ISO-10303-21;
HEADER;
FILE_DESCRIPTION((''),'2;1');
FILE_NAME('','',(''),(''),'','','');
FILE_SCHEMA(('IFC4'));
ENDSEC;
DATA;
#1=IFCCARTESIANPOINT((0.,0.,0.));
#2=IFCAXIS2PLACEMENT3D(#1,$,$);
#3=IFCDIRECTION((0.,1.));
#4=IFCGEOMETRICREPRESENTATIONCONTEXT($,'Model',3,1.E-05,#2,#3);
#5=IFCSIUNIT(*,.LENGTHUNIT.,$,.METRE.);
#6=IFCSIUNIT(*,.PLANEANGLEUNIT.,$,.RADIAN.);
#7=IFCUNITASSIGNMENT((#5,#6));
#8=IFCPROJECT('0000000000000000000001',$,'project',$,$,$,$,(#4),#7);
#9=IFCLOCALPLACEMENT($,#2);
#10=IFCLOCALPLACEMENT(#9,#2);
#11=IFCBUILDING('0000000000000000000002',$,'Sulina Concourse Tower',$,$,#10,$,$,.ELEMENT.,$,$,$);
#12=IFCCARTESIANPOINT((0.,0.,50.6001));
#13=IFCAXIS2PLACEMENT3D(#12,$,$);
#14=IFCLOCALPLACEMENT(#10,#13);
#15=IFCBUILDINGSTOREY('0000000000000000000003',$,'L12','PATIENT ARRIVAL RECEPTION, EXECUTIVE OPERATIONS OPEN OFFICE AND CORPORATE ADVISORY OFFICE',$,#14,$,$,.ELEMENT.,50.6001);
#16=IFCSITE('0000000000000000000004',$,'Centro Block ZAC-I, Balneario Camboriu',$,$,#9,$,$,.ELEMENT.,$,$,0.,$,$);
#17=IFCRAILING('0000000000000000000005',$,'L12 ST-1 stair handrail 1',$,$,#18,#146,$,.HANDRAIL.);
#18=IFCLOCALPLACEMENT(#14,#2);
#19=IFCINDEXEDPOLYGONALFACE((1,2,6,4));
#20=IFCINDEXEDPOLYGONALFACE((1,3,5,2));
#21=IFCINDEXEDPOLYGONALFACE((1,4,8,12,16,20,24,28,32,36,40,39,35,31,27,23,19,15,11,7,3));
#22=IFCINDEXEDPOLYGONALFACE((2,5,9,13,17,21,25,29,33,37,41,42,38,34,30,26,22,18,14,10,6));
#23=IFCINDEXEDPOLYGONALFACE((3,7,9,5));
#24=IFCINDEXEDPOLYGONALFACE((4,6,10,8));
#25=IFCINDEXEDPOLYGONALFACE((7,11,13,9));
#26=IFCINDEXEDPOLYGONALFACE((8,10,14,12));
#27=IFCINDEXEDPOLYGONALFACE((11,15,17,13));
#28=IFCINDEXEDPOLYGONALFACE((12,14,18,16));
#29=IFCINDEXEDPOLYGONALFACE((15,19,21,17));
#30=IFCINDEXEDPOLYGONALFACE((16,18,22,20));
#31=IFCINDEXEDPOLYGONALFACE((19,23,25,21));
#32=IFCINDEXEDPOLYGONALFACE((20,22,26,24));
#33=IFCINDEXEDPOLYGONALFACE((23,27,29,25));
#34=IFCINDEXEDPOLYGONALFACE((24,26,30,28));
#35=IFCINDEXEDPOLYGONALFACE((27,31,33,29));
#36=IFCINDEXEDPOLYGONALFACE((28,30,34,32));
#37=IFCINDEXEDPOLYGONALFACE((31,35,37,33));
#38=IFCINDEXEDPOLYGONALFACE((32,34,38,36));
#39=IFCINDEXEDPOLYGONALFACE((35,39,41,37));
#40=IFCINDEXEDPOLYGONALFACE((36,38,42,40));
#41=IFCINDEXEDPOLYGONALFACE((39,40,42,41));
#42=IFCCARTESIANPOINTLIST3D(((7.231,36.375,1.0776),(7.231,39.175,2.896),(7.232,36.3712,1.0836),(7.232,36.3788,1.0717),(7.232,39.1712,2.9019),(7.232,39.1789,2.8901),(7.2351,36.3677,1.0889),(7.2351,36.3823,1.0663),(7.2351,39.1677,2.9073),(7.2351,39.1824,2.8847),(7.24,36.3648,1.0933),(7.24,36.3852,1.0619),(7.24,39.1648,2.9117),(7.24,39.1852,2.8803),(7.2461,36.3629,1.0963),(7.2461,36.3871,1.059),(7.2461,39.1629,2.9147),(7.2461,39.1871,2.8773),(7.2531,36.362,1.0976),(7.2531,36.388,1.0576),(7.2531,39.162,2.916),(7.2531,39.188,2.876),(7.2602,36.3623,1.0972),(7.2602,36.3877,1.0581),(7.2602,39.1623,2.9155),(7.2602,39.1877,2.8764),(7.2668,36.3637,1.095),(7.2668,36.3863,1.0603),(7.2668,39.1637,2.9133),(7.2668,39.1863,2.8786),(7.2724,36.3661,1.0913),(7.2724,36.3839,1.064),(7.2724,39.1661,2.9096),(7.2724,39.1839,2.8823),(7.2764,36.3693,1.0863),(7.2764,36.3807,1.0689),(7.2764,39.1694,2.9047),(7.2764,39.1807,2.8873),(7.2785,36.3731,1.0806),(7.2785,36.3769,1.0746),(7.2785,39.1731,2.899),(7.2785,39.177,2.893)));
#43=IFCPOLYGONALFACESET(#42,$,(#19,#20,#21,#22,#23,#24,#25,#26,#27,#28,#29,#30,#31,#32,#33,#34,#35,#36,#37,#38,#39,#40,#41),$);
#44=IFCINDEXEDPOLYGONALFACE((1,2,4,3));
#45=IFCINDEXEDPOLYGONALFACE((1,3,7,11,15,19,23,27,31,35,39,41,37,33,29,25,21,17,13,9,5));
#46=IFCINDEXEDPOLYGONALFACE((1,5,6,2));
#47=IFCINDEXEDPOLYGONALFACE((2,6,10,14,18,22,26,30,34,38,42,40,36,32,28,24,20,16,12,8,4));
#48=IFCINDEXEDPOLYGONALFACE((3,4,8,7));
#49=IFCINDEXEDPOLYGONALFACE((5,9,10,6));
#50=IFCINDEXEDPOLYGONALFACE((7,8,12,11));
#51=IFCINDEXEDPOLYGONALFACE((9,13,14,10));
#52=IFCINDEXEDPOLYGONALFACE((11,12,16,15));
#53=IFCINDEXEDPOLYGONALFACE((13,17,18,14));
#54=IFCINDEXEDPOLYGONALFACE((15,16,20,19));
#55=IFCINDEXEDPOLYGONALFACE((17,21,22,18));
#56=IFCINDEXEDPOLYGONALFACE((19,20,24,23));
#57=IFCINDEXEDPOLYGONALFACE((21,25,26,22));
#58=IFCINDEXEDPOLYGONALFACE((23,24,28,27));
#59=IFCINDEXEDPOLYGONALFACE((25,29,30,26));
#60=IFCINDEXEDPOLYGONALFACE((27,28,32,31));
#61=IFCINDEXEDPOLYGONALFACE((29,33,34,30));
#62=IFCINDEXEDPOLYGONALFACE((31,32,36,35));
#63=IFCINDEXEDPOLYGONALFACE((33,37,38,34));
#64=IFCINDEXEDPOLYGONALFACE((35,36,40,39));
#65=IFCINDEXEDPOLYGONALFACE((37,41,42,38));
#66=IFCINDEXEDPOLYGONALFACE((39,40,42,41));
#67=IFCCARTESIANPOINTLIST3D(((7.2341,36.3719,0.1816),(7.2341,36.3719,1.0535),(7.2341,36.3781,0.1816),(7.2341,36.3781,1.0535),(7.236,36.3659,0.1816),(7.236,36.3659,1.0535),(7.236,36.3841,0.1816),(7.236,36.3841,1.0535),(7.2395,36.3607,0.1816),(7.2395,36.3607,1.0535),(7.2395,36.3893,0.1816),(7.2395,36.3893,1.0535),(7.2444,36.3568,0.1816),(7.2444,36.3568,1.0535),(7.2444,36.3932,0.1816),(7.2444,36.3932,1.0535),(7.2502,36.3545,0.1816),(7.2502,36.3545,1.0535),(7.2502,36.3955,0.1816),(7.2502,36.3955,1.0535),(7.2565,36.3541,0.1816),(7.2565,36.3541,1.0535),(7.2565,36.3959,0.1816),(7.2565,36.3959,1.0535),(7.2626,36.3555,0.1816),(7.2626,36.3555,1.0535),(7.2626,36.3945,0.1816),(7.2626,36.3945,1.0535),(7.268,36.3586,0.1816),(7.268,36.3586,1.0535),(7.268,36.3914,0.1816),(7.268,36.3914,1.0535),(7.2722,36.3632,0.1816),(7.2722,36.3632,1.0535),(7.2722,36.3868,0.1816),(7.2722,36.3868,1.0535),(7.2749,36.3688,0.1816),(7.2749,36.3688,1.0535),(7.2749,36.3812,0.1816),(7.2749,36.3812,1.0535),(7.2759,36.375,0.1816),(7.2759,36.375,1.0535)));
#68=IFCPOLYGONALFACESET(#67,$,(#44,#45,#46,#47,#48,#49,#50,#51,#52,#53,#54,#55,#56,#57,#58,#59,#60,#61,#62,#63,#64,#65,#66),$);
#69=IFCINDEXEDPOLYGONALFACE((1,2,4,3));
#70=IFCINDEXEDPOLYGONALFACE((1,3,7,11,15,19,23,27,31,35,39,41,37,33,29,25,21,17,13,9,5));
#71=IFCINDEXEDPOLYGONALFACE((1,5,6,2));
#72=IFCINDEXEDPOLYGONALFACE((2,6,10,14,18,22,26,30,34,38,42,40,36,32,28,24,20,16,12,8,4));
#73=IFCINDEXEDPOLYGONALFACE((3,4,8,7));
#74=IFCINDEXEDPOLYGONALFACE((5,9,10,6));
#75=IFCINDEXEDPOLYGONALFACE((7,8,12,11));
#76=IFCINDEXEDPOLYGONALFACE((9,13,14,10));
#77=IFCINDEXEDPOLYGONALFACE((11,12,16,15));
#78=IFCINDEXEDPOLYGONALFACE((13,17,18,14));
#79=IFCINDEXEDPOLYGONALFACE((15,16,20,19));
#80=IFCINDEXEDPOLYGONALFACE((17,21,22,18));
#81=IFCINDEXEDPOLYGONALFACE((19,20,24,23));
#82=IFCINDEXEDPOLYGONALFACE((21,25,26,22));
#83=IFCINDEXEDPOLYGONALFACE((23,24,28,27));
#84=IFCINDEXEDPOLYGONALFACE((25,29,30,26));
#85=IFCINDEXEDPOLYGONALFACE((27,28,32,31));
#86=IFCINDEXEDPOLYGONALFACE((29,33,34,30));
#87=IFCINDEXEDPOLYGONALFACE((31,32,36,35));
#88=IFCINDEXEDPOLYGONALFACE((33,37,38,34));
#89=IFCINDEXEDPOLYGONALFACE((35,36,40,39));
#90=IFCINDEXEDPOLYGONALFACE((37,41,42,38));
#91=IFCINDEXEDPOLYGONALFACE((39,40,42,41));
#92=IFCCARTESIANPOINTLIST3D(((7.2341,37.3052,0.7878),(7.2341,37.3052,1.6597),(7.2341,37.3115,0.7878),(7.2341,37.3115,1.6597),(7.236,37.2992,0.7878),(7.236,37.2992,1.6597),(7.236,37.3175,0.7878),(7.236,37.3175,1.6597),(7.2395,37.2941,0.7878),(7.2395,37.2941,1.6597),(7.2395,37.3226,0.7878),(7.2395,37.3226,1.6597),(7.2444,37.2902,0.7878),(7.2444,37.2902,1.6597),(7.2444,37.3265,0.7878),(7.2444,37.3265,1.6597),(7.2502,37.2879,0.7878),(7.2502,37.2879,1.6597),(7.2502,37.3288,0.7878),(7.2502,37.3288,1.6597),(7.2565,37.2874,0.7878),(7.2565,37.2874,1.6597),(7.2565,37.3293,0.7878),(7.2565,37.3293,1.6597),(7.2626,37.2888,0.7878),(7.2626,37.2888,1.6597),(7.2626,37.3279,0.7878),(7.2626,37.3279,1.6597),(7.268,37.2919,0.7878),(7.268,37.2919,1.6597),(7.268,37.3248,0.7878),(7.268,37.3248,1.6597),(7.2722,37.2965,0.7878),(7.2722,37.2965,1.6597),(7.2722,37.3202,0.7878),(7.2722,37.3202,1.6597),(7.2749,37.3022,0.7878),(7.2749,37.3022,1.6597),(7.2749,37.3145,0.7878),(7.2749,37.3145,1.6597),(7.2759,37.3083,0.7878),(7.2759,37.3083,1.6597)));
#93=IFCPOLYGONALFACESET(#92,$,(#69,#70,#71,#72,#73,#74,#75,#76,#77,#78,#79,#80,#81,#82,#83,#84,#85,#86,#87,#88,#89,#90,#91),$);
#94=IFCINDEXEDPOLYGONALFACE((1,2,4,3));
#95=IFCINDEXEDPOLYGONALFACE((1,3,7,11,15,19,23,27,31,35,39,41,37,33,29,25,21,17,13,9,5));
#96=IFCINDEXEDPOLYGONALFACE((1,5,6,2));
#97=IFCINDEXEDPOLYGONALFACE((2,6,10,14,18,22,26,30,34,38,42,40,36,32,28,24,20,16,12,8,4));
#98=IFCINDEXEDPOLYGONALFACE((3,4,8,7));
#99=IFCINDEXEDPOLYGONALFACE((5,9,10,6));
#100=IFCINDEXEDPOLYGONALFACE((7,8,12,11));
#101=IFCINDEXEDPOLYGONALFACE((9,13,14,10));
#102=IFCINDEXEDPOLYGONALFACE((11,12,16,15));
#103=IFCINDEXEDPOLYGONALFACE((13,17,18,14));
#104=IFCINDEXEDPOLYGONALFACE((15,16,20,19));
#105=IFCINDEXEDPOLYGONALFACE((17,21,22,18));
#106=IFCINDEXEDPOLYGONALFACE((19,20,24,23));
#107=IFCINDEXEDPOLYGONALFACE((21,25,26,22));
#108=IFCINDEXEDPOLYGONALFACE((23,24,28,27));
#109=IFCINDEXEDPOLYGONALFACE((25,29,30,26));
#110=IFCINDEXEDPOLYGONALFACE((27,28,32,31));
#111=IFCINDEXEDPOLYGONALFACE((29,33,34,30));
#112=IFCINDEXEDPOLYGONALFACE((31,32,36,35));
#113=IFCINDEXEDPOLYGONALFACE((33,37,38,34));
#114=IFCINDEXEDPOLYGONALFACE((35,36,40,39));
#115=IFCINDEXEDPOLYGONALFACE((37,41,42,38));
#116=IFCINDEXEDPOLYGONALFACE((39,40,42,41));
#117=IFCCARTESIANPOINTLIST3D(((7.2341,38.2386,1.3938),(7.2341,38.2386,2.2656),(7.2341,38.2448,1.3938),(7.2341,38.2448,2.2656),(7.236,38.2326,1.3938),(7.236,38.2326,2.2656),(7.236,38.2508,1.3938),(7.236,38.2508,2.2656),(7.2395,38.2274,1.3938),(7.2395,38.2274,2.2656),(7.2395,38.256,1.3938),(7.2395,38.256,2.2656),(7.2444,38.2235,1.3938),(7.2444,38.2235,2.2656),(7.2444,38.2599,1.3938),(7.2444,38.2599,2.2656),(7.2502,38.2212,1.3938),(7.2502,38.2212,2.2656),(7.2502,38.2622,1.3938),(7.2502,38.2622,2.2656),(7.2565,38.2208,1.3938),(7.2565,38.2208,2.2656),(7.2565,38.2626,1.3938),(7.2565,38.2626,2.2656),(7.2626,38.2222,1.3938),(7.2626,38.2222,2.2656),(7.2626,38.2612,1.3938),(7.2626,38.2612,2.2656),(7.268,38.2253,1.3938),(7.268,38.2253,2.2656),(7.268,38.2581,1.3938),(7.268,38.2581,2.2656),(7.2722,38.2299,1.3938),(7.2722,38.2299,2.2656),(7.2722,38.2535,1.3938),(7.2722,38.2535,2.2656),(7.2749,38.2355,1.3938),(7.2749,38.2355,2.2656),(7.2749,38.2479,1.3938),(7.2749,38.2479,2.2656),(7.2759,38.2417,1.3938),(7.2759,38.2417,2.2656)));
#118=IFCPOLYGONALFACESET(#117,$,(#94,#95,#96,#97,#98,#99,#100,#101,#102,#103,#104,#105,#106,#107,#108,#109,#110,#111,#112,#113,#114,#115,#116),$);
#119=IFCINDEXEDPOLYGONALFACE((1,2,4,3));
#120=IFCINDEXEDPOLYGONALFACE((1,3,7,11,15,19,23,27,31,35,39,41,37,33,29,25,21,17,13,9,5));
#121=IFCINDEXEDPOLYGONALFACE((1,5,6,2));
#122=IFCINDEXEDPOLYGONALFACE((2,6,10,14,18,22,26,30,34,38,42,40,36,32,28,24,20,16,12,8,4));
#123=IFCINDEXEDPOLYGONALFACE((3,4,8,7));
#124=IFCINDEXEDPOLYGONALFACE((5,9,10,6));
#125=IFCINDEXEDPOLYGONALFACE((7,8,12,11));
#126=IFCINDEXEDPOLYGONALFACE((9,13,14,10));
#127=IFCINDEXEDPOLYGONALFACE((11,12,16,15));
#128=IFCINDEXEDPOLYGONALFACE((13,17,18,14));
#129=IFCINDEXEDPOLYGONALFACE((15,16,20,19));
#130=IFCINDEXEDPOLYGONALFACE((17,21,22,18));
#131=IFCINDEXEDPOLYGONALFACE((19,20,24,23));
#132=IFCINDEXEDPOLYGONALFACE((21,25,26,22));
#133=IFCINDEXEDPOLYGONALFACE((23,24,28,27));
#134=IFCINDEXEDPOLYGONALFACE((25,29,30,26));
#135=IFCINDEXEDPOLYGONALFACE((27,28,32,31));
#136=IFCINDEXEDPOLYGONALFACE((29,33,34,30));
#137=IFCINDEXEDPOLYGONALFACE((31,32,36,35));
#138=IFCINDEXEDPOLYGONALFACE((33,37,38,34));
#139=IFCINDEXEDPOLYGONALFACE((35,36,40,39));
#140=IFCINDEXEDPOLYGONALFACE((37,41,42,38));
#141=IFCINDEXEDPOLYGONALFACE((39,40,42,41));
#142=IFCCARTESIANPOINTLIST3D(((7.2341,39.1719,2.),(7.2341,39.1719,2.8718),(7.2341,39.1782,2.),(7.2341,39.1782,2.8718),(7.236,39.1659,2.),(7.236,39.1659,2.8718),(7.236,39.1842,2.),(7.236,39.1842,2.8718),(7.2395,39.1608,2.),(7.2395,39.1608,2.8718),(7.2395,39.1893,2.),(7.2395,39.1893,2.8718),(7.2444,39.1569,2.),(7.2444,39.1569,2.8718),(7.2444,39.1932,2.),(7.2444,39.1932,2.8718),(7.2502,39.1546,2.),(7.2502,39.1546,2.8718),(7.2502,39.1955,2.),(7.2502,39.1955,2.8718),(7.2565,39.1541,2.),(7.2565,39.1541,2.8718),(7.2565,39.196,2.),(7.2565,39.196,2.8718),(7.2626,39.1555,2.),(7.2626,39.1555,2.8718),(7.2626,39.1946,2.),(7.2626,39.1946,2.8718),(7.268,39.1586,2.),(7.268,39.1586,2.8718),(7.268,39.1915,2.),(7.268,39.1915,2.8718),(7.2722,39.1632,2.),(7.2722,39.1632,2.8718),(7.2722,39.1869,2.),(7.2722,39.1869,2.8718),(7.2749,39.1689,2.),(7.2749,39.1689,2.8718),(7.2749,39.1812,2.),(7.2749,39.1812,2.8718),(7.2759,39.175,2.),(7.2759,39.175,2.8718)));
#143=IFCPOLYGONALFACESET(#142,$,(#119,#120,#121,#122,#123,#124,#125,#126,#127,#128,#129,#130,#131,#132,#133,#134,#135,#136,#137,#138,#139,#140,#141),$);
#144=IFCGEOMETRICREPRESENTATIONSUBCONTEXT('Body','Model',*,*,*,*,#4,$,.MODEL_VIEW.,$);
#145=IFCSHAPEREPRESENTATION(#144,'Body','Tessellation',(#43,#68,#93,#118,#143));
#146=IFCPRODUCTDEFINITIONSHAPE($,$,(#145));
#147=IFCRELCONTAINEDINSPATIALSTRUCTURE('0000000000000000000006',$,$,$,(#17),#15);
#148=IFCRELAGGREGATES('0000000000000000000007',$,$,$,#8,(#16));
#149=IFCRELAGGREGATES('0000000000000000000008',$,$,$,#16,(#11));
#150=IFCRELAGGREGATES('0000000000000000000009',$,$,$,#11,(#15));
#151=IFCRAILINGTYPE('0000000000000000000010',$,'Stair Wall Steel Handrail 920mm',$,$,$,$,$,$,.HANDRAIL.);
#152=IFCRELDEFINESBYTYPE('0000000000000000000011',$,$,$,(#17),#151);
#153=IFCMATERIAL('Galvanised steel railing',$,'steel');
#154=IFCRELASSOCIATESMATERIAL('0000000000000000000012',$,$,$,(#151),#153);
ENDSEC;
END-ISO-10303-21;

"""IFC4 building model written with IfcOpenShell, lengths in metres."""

from ifc_helpers import new_model, si_unit, direction, frame, origin, origin_2d, place, context, subcontext, project, spatial, circle, extrude, material, type_object, element, save


model = new_model("IFC4")

# Units and contexts
model_context = context("Model", 3, precision=1e-05, world=origin(), true_north=direction((0.0, 1.0)))
body_context = subcontext(model_context, "Body", "Model", "MODEL_VIEW")
ifc_project = project(units=[si_unit("LENGTHUNIT", "METRE"), si_unit("PLANEANGLEUNIT", "RADIAN")], contexts=[model_context])

# Site, building, storey
site_placement = place(None, origin())
site = spatial("IfcSite", under=ifc_project, at=site_placement, Name="Centro Block ZAC-I, Balneario Camboriu", CompositionType="ELEMENT", RefElevation=0.0)
building_placement = place(site_placement, origin())
building = spatial("IfcBuilding", under=site, at=building_placement, Name="Sulina Concourse Tower", CompositionType="ELEMENT")
storey_placement = place(building_placement, frame((0.0, 0.0, 50.6001)))
storey = spatial("IfcBuildingStorey", under=building, at=storey_placement, Name="L12", Description="PATIENT ARRIVAL RECEPTION, EXECUTIVE OPERATIONS OPEN OFFICE AND CORPORATE ADVISORY OFFICE", CompositionType="ELEMENT", Elevation=50.6001)

# Railing
ifc_material_1 = material(Name="Galvanised steel railing", Category="steel")
railing_type_1 = type_object("IfcRailingType", Name="Stair Wall Steel Handrail 920mm", PredefinedType="HANDRAIL", material=ifc_material_1)
railing_1_placement = place(storey_placement, frame((7.2549, 36.375, 0.1816)))
element("IfcRailing", 1, at=railing_1_placement, inside=storey, type_object=railing_type_1, Name="L12 ST-1 stair handrail 1", PredefinedType="HANDRAIL", context=body_context, shape_type="SweptSolid", body=[
    extrude(circle(Radius=0.0239, at=origin_2d()), frame((0.0, 0.0, 0.896), z_axis=(0.0, 0.838672, 0.544636), x_axis=(-1.0, 0.0, 0.0)), (0.0, 0.0, 1.0), 3.3386),
    extrude(circle(Radius=0.021, at=origin_2d()), origin(), (0.0, 0.0, 1.0), 0.8718),
    extrude(circle(Radius=0.021, at=origin_2d()), frame((0.0, 0.9333, 0.6062)), (0.0, 0.0, 1.0), 0.8718),
    extrude(circle(Radius=0.021, at=origin_2d()), frame((0.0, 1.8667, 1.2122)), (0.0, 0.0, 1.0), 0.8718),
    extrude(circle(Radius=0.021, at=origin_2d()), frame((0.0, 2.8, 1.8184)), (0.0, 0.0, 1.0), 0.8718),
])

save(model, "model.ifc")
